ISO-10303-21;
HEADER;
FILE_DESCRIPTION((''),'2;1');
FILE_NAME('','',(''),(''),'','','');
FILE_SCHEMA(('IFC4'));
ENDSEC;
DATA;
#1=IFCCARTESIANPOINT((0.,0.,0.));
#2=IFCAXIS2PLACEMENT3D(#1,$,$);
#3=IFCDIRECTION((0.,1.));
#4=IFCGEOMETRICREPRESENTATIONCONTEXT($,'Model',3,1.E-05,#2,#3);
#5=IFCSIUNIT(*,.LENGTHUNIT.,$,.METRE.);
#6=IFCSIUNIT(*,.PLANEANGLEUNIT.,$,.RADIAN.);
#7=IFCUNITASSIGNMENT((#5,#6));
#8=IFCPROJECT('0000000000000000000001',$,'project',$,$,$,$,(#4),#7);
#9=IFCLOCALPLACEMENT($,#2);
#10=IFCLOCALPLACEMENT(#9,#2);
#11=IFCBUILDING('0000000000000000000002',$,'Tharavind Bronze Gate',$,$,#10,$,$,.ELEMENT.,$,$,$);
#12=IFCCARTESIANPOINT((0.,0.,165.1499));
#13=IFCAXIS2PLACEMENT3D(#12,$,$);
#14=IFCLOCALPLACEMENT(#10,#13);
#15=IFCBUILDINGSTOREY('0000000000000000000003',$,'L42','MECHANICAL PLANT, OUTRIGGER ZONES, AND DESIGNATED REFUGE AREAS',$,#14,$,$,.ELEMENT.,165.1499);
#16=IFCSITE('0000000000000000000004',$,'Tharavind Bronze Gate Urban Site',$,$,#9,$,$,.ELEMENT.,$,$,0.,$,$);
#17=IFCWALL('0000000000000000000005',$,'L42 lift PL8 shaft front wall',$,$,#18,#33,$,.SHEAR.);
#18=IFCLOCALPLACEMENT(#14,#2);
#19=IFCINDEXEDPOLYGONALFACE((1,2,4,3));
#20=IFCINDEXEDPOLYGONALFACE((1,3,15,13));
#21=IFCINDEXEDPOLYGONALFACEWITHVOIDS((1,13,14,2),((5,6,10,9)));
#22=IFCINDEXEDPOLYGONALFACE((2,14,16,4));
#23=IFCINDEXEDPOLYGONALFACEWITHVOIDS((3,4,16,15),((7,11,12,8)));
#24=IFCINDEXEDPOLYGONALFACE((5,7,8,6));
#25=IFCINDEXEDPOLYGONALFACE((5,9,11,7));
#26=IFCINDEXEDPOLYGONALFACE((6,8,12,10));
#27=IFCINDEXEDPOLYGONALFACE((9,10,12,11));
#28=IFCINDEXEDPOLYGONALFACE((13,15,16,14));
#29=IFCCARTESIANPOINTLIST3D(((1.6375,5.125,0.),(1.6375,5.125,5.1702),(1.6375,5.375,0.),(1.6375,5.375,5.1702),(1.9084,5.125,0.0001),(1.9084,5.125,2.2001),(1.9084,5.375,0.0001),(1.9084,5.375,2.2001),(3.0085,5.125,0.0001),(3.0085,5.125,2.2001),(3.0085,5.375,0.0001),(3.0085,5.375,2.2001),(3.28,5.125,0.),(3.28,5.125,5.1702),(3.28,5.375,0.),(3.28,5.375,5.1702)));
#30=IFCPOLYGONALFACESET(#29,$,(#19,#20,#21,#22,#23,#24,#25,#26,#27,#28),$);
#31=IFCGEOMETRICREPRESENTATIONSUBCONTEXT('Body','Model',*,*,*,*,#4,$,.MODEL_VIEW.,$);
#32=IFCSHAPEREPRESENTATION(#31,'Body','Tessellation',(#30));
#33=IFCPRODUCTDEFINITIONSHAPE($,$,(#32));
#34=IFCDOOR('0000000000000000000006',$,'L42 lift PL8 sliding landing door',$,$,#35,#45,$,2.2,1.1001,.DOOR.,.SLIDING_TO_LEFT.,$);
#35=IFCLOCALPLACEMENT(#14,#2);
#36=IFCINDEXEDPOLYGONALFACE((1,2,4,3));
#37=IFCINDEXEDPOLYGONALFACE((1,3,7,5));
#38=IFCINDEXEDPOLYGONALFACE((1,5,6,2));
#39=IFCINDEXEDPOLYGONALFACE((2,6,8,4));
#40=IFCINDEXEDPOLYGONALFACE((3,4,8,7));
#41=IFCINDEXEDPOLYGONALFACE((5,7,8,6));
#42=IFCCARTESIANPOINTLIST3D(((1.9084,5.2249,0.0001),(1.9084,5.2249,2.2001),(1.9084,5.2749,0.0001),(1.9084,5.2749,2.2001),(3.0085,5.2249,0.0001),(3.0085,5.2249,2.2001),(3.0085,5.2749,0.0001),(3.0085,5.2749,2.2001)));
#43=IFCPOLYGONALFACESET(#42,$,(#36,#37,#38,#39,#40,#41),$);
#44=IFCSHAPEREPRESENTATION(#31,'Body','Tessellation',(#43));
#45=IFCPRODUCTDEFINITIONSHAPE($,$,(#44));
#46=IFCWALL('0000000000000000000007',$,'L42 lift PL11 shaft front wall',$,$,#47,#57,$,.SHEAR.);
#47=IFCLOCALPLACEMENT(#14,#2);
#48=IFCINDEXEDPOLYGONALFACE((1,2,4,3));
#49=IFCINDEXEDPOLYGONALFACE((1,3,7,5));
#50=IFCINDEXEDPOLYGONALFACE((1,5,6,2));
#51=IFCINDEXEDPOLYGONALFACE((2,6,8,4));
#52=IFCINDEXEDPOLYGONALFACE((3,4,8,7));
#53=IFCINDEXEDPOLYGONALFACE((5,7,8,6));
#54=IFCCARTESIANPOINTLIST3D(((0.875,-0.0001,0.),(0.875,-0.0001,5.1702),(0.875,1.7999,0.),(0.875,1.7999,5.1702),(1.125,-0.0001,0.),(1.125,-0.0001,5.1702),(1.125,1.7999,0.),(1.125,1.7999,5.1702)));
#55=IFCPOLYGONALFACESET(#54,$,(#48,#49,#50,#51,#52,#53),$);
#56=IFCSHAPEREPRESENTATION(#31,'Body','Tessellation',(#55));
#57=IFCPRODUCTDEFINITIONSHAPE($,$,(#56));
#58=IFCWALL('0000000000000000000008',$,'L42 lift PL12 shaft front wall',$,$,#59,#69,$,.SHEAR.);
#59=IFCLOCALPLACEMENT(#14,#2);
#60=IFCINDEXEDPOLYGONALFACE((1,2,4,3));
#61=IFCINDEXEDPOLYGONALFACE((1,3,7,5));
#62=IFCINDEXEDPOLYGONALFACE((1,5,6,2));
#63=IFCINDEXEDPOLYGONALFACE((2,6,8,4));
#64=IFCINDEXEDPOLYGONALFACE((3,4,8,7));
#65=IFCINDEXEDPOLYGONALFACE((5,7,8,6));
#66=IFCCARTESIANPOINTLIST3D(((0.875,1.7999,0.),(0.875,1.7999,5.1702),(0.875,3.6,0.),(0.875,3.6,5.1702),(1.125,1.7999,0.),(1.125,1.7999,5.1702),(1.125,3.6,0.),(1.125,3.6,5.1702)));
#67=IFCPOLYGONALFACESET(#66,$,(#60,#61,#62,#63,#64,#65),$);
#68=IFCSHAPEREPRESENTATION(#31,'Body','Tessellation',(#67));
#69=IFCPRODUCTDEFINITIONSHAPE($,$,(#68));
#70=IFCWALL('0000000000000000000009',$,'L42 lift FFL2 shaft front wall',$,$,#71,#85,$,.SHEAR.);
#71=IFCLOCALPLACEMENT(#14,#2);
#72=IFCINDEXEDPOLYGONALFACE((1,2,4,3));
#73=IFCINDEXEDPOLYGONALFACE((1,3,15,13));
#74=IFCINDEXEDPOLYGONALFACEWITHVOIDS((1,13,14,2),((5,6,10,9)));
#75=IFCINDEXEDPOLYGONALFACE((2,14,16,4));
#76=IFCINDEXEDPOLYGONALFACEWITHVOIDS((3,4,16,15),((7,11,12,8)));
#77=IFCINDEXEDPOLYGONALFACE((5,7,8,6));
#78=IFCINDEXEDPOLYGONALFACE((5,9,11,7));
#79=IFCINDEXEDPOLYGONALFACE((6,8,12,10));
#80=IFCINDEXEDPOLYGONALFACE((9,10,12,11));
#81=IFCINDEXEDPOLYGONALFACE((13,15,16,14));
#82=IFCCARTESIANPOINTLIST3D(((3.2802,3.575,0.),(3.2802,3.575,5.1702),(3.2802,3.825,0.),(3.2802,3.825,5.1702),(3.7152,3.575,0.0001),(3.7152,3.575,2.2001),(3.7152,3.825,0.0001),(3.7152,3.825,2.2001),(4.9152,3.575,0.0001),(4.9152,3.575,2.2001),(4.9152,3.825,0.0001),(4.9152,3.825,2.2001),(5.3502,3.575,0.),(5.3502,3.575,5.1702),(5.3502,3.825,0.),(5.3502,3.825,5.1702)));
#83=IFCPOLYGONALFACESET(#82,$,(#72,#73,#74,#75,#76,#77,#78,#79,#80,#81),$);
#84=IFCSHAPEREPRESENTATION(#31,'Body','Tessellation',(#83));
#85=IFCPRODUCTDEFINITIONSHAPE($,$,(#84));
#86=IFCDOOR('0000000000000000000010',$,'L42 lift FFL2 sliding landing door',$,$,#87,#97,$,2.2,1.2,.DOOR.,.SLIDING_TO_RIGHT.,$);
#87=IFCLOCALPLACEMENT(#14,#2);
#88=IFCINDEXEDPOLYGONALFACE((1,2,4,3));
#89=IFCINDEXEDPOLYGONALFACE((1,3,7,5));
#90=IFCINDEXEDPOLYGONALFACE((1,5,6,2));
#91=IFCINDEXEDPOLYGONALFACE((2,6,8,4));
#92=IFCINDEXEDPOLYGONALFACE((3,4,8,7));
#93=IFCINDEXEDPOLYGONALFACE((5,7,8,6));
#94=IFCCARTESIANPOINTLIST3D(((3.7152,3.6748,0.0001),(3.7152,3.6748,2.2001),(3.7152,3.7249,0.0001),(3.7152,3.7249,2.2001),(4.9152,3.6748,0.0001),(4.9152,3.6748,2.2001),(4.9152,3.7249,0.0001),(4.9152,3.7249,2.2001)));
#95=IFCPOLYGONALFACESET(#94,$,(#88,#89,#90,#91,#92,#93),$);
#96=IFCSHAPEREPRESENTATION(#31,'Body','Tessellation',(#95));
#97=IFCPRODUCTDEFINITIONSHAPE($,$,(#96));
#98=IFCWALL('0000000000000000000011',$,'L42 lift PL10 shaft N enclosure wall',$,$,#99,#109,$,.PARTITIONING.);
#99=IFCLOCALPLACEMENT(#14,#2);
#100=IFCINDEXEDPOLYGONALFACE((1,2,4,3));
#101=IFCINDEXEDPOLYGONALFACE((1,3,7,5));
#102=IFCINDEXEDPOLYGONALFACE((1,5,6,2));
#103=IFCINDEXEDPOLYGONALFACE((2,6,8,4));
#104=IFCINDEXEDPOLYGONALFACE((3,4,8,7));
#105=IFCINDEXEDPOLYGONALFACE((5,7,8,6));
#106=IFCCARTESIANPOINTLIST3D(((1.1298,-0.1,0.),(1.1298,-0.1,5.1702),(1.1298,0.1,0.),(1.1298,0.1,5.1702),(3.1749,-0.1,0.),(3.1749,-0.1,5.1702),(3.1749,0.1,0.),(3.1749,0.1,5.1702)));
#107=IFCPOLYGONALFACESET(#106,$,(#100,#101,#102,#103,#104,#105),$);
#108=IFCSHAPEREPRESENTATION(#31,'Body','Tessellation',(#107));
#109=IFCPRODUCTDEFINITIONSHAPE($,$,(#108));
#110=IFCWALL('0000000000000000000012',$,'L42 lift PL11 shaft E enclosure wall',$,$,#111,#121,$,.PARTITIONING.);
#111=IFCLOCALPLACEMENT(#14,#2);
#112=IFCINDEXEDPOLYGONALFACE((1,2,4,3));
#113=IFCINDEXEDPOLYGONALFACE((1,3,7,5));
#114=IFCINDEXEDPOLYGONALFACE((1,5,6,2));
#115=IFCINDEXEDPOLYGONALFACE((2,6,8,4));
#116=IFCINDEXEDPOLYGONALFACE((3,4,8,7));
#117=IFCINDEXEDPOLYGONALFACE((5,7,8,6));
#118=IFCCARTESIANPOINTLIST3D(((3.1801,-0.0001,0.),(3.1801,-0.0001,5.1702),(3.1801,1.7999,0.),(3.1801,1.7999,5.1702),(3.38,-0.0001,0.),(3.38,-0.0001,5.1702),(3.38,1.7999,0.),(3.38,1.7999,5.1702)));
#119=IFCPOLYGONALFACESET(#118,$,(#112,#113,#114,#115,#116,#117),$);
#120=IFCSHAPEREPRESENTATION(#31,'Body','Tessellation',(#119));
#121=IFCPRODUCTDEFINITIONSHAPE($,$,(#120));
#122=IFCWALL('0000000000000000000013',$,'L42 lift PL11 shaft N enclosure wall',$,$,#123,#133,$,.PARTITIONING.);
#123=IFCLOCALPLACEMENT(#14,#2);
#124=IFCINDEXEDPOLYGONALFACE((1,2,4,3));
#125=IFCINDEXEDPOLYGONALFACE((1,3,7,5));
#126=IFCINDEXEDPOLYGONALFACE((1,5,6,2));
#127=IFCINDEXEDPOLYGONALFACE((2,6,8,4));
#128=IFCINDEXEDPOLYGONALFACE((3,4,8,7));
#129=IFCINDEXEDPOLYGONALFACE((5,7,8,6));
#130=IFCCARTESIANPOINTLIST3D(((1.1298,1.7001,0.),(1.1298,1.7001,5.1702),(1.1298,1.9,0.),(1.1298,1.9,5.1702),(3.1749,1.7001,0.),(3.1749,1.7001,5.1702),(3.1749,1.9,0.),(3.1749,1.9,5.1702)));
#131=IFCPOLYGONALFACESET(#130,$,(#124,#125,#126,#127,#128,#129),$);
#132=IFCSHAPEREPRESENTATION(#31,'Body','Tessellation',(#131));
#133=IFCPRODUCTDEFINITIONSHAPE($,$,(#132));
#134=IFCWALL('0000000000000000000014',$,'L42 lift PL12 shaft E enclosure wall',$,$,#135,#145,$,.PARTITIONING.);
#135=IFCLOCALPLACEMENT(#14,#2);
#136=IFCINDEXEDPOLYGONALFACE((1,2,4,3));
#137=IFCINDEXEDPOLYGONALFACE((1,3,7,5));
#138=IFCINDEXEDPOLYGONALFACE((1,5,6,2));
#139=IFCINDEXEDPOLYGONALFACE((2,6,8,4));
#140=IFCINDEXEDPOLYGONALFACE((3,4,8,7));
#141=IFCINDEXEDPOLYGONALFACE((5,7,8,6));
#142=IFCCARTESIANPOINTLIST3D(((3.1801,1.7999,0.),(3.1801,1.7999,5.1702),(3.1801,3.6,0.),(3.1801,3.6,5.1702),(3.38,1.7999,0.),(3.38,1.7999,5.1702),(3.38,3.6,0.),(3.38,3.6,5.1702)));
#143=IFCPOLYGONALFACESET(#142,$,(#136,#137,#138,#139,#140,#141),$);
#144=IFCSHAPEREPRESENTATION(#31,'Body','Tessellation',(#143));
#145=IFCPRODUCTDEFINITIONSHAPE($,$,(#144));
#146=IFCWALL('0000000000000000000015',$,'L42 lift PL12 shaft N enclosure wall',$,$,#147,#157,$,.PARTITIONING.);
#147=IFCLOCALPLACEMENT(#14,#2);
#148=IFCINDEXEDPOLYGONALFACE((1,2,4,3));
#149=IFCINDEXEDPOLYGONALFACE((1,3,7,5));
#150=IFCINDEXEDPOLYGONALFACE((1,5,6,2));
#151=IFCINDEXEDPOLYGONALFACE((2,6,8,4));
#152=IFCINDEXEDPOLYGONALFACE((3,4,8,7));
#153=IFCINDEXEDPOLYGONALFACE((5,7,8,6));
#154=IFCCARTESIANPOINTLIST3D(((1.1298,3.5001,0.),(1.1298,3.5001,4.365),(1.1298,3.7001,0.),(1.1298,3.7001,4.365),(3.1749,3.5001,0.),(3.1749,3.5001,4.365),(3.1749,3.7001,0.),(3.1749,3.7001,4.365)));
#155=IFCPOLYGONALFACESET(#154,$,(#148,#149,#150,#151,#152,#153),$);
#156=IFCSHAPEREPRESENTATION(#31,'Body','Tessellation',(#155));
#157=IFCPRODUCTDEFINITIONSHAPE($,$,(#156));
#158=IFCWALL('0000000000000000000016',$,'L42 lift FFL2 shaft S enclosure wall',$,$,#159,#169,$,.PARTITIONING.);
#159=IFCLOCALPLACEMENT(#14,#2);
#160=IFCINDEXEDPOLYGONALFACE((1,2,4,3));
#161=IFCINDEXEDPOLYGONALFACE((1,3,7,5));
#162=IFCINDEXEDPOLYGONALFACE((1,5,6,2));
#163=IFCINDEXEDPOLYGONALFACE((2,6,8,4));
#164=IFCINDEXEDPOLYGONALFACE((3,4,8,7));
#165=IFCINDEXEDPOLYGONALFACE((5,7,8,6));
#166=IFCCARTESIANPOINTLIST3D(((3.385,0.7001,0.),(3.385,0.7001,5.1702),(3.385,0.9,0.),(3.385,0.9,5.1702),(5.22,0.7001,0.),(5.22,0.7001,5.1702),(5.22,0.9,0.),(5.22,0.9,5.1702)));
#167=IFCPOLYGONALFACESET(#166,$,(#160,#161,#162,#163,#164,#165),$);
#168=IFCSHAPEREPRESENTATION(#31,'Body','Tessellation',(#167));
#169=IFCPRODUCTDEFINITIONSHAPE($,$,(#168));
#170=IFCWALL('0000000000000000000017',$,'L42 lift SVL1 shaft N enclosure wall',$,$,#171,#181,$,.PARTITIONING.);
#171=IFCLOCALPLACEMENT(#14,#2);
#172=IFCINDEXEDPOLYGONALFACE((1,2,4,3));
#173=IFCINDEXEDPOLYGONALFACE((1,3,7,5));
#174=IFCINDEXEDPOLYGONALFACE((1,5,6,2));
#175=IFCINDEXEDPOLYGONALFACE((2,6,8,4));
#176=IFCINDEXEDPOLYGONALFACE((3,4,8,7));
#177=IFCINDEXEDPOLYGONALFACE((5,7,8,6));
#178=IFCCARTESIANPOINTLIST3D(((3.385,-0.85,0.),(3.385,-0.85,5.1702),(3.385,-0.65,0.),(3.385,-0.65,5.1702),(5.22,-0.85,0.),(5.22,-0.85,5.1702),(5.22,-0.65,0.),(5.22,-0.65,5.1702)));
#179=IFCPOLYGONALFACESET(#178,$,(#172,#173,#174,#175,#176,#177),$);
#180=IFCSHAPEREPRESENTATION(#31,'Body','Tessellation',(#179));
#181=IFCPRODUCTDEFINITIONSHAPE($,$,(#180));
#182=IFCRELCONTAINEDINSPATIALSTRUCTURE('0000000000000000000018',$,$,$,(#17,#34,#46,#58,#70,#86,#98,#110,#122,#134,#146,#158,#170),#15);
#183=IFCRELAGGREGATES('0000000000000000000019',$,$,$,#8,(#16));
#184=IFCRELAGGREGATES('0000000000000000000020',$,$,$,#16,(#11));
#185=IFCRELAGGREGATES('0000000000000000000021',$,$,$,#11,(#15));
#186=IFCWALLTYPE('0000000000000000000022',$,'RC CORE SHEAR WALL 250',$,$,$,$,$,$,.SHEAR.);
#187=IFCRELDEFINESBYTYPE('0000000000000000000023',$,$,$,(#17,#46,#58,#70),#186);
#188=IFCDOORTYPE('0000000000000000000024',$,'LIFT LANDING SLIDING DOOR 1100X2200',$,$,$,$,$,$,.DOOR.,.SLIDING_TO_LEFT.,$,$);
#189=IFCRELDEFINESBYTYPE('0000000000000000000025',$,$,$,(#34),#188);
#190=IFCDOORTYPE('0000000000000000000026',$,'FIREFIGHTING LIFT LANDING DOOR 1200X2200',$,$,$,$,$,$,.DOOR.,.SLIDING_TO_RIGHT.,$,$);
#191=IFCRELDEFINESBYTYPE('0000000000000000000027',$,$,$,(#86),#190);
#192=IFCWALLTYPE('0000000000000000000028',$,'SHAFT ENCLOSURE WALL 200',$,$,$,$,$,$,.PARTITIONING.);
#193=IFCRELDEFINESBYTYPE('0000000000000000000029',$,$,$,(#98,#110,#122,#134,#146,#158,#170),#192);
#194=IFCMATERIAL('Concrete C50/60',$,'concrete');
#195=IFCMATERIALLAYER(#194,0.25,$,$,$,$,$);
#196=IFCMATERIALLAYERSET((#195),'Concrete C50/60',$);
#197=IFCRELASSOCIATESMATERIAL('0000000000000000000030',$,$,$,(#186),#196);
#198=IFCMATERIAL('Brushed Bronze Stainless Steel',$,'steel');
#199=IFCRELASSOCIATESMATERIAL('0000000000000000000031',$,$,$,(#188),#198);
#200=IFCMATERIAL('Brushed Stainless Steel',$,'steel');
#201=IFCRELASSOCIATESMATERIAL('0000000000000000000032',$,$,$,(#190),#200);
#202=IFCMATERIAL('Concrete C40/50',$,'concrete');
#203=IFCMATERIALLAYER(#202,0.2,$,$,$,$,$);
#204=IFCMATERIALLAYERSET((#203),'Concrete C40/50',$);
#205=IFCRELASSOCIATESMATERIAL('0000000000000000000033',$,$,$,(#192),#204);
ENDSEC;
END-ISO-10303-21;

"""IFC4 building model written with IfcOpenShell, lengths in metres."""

from ifc_helpers import new_model, si_unit, direction, frame, frame_2d, origin, place, context, subcontext, project, spatial, rectangle, extrude, material, layer, layer_set, type_object, element, fill, save


model = new_model("IFC4")

# Units and contexts
model_context = context("Model", 3, precision=1e-05, world=origin(), true_north=direction((0.0, 1.0)))
body_context = subcontext(model_context, "Body", "Model", "MODEL_VIEW")
ifc_project = project(units=[si_unit("LENGTHUNIT", "METRE"), si_unit("PLANEANGLEUNIT", "RADIAN")], contexts=[model_context])

# Site, building, storey
site_placement = place(None, origin())
site = spatial("IfcSite", under=ifc_project, at=site_placement, Name="Tharavind Bronze Gate Urban Site", CompositionType="ELEMENT", RefElevation=0.0)
building_placement = place(site_placement, origin())
building = spatial("IfcBuilding", under=site, at=building_placement, Name="Tharavind Bronze Gate", CompositionType="ELEMENT")
storey_placement = place(building_placement, frame((0.0, 0.0, 165.1499)))
storey = spatial("IfcBuildingStorey", under=building, at=storey_placement, Name="L42", Description="MECHANICAL PLANT, OUTRIGGER ZONES, AND DESIGNATED REFUGE AREAS", CompositionType="ELEMENT", Elevation=165.1499)

# Wall, opening, door
ifc_material_1 = material(Name="Concrete C50/60", Category="concrete")
ifc_layer_1 = layer(ifc_material_1, 0.25)
ifc_layer_set_1 = layer_set([ifc_layer_1], Name="Concrete C50/60")
wall_type_1 = type_object("IfcWallType", Name="RC CORE SHEAR WALL 250", PredefinedType="SHEAR", material=ifc_layer_set_1)
wall_1_placement = place(storey_placement, frame((1.6375, 5.25, 0.0), z_axis=(0.0, 0.0, 1.0), x_axis=(1.0, 0.0, 0.0)))
wall_1 = element("IfcWall", 1, at=wall_1_placement, inside=storey, type_object=wall_type_1, Name="L42 lift PL8 shaft front wall", PredefinedType="SHEAR", context=body_context, shape_type="SweptSolid", body=[
    extrude(rectangle(XDim=1.6426, YDim=0.25, at=frame_2d((0.8213, 0.0))), origin(), (0.0, 0.0, 1.0), 5.1702),
])
opening_1_placement = place(wall_1_placement, frame((0.271, 0.0, 0.0)))
opening_1 = element("IfcOpeningElement", 2, at=opening_1_placement, cuts=wall_1, PredefinedType="OPENING", context=body_context, shape_type="SweptSolid", body=[
    extrude(rectangle(XDim=1.1001, YDim=2.2, at=frame_2d((0.55, 1.1001))), frame((0.0, 0.135, 0.0), z_axis=(0.0, -1.0, 0.0), x_axis=(1.0, 0.0, 0.0)), (0.0, 0.0, 1.0), 0.27),
])
ifc_material_2 = material(Name="Brushed Bronze Stainless Steel", Category="steel")
door_type_1 = type_object("IfcDoorType", Name="LIFT LANDING SLIDING DOOR 1100X2200", OperationType="SLIDING_TO_LEFT", PredefinedType="DOOR", material=ifc_material_2)
door_1_placement = place(opening_1_placement, origin())
door_1 = element("IfcDoor", 3, at=door_1_placement, inside=storey, type_object=door_type_1, Name="L42 lift PL8 sliding landing door", OperationType="SLIDING_TO_LEFT", OverallHeight=2.2, OverallWidth=1.1001, PredefinedType="DOOR", context=body_context, shape_type="SweptSolid", body=[
    extrude(rectangle(XDim=1.1001, YDim=2.2, at=frame_2d((0.55, 1.1001))), frame((0.0, 0.0249, 0.0), z_axis=(0.0, -1.0, 0.0), x_axis=(1.0, 0.0, 0.0)), (0.0, 0.0, 1.0), 0.05),
])
fill(opening_1, door_1)

# Walls
for number, where, z_axis, x_axis, name in (
    (4, (1.0, 0.0, 0.0), (0.0, 0.0, 1.0), (0.0, 1.0, 0.0), "L42 lift PL11 shaft front wall"),
    (5, (1.0, 1.8, 0.0), (0.0, 0.0, 1.0), (0.0, 1.0, 0.0), "L42 lift PL12 shaft front wall"),
):
    element("IfcWall", number, at=place(storey_placement, frame(where, z_axis=z_axis, x_axis=x_axis)), inside=storey, type_object=wall_type_1, Name=name, PredefinedType="SHEAR", context=body_context, shape_type="SweptSolid", body=[
        extrude(rectangle(XDim=1.8, YDim=0.25, at=frame_2d((0.8999, 0.0))), origin(), (0.0, 0.0, 1.0), 5.1702),
    ])

# Wall, opening, door
wall_2_placement = place(storey_placement, frame((3.28, 3.7, 0.0), z_axis=(0.0, 0.0, 1.0), x_axis=(1.0, 0.0, 0.0)))
wall_2 = element("IfcWall", 6, at=wall_2_placement, inside=storey, type_object=wall_type_1, Name="L42 lift FFL2 shaft front wall", PredefinedType="SHEAR", context=body_context, shape_type="SweptSolid", body=[
    extrude(rectangle(XDim=2.0701, YDim=0.25, at=frame_2d((1.0352, 0.0))), origin(), (0.0, 0.0, 1.0), 5.1702),
])
opening_2_placement = place(wall_2_placement, frame((0.4351, 0.0, 0.0)))
opening_2 = element("IfcOpeningElement", 7, at=opening_2_placement, cuts=wall_2, PredefinedType="OPENING", context=body_context, shape_type="SweptSolid", body=[
    extrude(rectangle(XDim=1.2, YDim=2.2, at=frame_2d((0.6001, 1.1001))), frame((0.0, 0.135, 0.0), z_axis=(0.0, -1.0, 0.0), x_axis=(1.0, 0.0, 0.0)), (0.0, 0.0, 1.0), 0.27),
])
ifc_material_3 = material(Name="Brushed Stainless Steel", Category="steel")
door_type_2 = type_object("IfcDoorType", Name="FIREFIGHTING LIFT LANDING DOOR 1200X2200", OperationType="SLIDING_TO_RIGHT", PredefinedType="DOOR", material=ifc_material_3)
door_2_placement = place(opening_2_placement, origin())
door_2 = element("IfcDoor", 8, at=door_2_placement, inside=storey, type_object=door_type_2, Name="L42 lift FFL2 sliding landing door", OperationType="SLIDING_TO_RIGHT", OverallHeight=2.2, OverallWidth=1.2, PredefinedType="DOOR", context=body_context, shape_type="SweptSolid", body=[
    extrude(rectangle(XDim=1.2, YDim=2.2, at=frame_2d((0.6001, 1.1001))), frame((0.0, 0.0249, 0.0), z_axis=(0.0, -1.0, 0.0), x_axis=(1.0, 0.0, 0.0)), (0.0, 0.0, 1.0), 0.05),
])
fill(opening_2, door_2)

# Walls
ifc_material_4 = material(Name="Concrete C40/50", Category="concrete")
ifc_layer_2 = layer(ifc_material_4, 0.2)
ifc_layer_set_2 = layer_set([ifc_layer_2], Name="Concrete C40/50")
wall_type_2 = type_object("IfcWallType", Name="SHAFT ENCLOSURE WALL 200", PredefinedType="PARTITIONING", material=ifc_layer_set_2)
wall_3_placement = place(storey_placement, frame((1.1299, 0.0, 0.0), z_axis=(0.0, 0.0, 1.0), x_axis=(1.0, 0.0, 0.0)))
element("IfcWall", 9, at=wall_3_placement, inside=storey, type_object=wall_type_2, Name="L42 lift PL10 shaft N enclosure wall", PredefinedType="PARTITIONING", context=body_context, shape_type="SweptSolid", body=[
    extrude(rectangle(XDim=2.0452, YDim=0.2, at=frame_2d((1.0225, 0.0))), origin(), (0.0, 0.0, 1.0), 5.1702),
])
wall_4_placement = place(storey_placement, frame((3.28, 0.0, 0.0), z_axis=(0.0, 0.0, 1.0), x_axis=(0.0, 1.0, 0.0)))
element("IfcWall", 10, at=wall_4_placement, inside=storey, type_object=wall_type_2, Name="L42 lift PL11 shaft E enclosure wall", PredefinedType="PARTITIONING", context=body_context, shape_type="SweptSolid", body=[
    extrude(rectangle(XDim=1.8, YDim=0.2, at=frame_2d((0.8999, 0.0))), origin(), (0.0, 0.0, 1.0), 5.1702),
])
wall_5_placement = place(storey_placement, frame((1.1299, 1.8, 0.0), z_axis=(0.0, 0.0, 1.0), x_axis=(1.0, 0.0, 0.0)))
element("IfcWall", 11, at=wall_5_placement, inside=storey, type_object=wall_type_2, Name="L42 lift PL11 shaft N enclosure wall", PredefinedType="PARTITIONING", context=body_context, shape_type="SweptSolid", body=[
    extrude(rectangle(XDim=2.0452, YDim=0.2, at=frame_2d((1.0225, 0.0))), origin(), (0.0, 0.0, 1.0), 5.1702),
])
wall_6_placement = place(storey_placement, frame((3.28, 1.8, 0.0), z_axis=(0.0, 0.0, 1.0), x_axis=(0.0, 1.0, 0.0)))
element("IfcWall", 12, at=wall_6_placement, inside=storey, type_object=wall_type_2, Name="L42 lift PL12 shaft E enclosure wall", PredefinedType="PARTITIONING", context=body_context, shape_type="SweptSolid", body=[
    extrude(rectangle(XDim=1.8, YDim=0.2, at=frame_2d((0.8999, 0.0))), origin(), (0.0, 0.0, 1.0), 5.1702),
])
wall_7_placement = place(storey_placement, frame((1.1299, 3.6001, 0.0), z_axis=(0.0, 0.0, 1.0), x_axis=(1.0, 0.0, 0.0)))
element("IfcWall", 13, at=wall_7_placement, inside=storey, type_object=wall_type_2, Name="L42 lift PL12 shaft N enclosure wall", PredefinedType="PARTITIONING", context=body_context, shape_type="SweptSolid", body=[
    extrude(rectangle(XDim=2.0452, YDim=0.2, at=frame_2d((1.0225, 0.0))), origin(), (0.0, 0.0, 1.0), 4.365),
])
for number, where, z_axis, x_axis, name in (
    (14, (3.385, 0.8, 0.0), (0.0, 0.0, 1.0), (1.0, 0.0, 0.0), "L42 lift FFL2 shaft S enclosure wall"),
    (15, (3.385, -0.75, 0.0), (0.0, 0.0, 1.0), (1.0, 0.0, 0.0), "L42 lift SVL1 shaft N enclosure wall"),
):
    element("IfcWall", number, at=place(storey_placement, frame(where, z_axis=z_axis, x_axis=x_axis)), inside=storey, type_object=wall_type_2, Name=name, PredefinedType="PARTITIONING", context=body_context, shape_type="SweptSolid", body=[
        extrude(rectangle(XDim=1.835, YDim=0.2, at=frame_2d((0.9175, 0.0))), origin(), (0.0, 0.0, 1.0), 5.1702),
    ])

save(model, "model.ifc")
